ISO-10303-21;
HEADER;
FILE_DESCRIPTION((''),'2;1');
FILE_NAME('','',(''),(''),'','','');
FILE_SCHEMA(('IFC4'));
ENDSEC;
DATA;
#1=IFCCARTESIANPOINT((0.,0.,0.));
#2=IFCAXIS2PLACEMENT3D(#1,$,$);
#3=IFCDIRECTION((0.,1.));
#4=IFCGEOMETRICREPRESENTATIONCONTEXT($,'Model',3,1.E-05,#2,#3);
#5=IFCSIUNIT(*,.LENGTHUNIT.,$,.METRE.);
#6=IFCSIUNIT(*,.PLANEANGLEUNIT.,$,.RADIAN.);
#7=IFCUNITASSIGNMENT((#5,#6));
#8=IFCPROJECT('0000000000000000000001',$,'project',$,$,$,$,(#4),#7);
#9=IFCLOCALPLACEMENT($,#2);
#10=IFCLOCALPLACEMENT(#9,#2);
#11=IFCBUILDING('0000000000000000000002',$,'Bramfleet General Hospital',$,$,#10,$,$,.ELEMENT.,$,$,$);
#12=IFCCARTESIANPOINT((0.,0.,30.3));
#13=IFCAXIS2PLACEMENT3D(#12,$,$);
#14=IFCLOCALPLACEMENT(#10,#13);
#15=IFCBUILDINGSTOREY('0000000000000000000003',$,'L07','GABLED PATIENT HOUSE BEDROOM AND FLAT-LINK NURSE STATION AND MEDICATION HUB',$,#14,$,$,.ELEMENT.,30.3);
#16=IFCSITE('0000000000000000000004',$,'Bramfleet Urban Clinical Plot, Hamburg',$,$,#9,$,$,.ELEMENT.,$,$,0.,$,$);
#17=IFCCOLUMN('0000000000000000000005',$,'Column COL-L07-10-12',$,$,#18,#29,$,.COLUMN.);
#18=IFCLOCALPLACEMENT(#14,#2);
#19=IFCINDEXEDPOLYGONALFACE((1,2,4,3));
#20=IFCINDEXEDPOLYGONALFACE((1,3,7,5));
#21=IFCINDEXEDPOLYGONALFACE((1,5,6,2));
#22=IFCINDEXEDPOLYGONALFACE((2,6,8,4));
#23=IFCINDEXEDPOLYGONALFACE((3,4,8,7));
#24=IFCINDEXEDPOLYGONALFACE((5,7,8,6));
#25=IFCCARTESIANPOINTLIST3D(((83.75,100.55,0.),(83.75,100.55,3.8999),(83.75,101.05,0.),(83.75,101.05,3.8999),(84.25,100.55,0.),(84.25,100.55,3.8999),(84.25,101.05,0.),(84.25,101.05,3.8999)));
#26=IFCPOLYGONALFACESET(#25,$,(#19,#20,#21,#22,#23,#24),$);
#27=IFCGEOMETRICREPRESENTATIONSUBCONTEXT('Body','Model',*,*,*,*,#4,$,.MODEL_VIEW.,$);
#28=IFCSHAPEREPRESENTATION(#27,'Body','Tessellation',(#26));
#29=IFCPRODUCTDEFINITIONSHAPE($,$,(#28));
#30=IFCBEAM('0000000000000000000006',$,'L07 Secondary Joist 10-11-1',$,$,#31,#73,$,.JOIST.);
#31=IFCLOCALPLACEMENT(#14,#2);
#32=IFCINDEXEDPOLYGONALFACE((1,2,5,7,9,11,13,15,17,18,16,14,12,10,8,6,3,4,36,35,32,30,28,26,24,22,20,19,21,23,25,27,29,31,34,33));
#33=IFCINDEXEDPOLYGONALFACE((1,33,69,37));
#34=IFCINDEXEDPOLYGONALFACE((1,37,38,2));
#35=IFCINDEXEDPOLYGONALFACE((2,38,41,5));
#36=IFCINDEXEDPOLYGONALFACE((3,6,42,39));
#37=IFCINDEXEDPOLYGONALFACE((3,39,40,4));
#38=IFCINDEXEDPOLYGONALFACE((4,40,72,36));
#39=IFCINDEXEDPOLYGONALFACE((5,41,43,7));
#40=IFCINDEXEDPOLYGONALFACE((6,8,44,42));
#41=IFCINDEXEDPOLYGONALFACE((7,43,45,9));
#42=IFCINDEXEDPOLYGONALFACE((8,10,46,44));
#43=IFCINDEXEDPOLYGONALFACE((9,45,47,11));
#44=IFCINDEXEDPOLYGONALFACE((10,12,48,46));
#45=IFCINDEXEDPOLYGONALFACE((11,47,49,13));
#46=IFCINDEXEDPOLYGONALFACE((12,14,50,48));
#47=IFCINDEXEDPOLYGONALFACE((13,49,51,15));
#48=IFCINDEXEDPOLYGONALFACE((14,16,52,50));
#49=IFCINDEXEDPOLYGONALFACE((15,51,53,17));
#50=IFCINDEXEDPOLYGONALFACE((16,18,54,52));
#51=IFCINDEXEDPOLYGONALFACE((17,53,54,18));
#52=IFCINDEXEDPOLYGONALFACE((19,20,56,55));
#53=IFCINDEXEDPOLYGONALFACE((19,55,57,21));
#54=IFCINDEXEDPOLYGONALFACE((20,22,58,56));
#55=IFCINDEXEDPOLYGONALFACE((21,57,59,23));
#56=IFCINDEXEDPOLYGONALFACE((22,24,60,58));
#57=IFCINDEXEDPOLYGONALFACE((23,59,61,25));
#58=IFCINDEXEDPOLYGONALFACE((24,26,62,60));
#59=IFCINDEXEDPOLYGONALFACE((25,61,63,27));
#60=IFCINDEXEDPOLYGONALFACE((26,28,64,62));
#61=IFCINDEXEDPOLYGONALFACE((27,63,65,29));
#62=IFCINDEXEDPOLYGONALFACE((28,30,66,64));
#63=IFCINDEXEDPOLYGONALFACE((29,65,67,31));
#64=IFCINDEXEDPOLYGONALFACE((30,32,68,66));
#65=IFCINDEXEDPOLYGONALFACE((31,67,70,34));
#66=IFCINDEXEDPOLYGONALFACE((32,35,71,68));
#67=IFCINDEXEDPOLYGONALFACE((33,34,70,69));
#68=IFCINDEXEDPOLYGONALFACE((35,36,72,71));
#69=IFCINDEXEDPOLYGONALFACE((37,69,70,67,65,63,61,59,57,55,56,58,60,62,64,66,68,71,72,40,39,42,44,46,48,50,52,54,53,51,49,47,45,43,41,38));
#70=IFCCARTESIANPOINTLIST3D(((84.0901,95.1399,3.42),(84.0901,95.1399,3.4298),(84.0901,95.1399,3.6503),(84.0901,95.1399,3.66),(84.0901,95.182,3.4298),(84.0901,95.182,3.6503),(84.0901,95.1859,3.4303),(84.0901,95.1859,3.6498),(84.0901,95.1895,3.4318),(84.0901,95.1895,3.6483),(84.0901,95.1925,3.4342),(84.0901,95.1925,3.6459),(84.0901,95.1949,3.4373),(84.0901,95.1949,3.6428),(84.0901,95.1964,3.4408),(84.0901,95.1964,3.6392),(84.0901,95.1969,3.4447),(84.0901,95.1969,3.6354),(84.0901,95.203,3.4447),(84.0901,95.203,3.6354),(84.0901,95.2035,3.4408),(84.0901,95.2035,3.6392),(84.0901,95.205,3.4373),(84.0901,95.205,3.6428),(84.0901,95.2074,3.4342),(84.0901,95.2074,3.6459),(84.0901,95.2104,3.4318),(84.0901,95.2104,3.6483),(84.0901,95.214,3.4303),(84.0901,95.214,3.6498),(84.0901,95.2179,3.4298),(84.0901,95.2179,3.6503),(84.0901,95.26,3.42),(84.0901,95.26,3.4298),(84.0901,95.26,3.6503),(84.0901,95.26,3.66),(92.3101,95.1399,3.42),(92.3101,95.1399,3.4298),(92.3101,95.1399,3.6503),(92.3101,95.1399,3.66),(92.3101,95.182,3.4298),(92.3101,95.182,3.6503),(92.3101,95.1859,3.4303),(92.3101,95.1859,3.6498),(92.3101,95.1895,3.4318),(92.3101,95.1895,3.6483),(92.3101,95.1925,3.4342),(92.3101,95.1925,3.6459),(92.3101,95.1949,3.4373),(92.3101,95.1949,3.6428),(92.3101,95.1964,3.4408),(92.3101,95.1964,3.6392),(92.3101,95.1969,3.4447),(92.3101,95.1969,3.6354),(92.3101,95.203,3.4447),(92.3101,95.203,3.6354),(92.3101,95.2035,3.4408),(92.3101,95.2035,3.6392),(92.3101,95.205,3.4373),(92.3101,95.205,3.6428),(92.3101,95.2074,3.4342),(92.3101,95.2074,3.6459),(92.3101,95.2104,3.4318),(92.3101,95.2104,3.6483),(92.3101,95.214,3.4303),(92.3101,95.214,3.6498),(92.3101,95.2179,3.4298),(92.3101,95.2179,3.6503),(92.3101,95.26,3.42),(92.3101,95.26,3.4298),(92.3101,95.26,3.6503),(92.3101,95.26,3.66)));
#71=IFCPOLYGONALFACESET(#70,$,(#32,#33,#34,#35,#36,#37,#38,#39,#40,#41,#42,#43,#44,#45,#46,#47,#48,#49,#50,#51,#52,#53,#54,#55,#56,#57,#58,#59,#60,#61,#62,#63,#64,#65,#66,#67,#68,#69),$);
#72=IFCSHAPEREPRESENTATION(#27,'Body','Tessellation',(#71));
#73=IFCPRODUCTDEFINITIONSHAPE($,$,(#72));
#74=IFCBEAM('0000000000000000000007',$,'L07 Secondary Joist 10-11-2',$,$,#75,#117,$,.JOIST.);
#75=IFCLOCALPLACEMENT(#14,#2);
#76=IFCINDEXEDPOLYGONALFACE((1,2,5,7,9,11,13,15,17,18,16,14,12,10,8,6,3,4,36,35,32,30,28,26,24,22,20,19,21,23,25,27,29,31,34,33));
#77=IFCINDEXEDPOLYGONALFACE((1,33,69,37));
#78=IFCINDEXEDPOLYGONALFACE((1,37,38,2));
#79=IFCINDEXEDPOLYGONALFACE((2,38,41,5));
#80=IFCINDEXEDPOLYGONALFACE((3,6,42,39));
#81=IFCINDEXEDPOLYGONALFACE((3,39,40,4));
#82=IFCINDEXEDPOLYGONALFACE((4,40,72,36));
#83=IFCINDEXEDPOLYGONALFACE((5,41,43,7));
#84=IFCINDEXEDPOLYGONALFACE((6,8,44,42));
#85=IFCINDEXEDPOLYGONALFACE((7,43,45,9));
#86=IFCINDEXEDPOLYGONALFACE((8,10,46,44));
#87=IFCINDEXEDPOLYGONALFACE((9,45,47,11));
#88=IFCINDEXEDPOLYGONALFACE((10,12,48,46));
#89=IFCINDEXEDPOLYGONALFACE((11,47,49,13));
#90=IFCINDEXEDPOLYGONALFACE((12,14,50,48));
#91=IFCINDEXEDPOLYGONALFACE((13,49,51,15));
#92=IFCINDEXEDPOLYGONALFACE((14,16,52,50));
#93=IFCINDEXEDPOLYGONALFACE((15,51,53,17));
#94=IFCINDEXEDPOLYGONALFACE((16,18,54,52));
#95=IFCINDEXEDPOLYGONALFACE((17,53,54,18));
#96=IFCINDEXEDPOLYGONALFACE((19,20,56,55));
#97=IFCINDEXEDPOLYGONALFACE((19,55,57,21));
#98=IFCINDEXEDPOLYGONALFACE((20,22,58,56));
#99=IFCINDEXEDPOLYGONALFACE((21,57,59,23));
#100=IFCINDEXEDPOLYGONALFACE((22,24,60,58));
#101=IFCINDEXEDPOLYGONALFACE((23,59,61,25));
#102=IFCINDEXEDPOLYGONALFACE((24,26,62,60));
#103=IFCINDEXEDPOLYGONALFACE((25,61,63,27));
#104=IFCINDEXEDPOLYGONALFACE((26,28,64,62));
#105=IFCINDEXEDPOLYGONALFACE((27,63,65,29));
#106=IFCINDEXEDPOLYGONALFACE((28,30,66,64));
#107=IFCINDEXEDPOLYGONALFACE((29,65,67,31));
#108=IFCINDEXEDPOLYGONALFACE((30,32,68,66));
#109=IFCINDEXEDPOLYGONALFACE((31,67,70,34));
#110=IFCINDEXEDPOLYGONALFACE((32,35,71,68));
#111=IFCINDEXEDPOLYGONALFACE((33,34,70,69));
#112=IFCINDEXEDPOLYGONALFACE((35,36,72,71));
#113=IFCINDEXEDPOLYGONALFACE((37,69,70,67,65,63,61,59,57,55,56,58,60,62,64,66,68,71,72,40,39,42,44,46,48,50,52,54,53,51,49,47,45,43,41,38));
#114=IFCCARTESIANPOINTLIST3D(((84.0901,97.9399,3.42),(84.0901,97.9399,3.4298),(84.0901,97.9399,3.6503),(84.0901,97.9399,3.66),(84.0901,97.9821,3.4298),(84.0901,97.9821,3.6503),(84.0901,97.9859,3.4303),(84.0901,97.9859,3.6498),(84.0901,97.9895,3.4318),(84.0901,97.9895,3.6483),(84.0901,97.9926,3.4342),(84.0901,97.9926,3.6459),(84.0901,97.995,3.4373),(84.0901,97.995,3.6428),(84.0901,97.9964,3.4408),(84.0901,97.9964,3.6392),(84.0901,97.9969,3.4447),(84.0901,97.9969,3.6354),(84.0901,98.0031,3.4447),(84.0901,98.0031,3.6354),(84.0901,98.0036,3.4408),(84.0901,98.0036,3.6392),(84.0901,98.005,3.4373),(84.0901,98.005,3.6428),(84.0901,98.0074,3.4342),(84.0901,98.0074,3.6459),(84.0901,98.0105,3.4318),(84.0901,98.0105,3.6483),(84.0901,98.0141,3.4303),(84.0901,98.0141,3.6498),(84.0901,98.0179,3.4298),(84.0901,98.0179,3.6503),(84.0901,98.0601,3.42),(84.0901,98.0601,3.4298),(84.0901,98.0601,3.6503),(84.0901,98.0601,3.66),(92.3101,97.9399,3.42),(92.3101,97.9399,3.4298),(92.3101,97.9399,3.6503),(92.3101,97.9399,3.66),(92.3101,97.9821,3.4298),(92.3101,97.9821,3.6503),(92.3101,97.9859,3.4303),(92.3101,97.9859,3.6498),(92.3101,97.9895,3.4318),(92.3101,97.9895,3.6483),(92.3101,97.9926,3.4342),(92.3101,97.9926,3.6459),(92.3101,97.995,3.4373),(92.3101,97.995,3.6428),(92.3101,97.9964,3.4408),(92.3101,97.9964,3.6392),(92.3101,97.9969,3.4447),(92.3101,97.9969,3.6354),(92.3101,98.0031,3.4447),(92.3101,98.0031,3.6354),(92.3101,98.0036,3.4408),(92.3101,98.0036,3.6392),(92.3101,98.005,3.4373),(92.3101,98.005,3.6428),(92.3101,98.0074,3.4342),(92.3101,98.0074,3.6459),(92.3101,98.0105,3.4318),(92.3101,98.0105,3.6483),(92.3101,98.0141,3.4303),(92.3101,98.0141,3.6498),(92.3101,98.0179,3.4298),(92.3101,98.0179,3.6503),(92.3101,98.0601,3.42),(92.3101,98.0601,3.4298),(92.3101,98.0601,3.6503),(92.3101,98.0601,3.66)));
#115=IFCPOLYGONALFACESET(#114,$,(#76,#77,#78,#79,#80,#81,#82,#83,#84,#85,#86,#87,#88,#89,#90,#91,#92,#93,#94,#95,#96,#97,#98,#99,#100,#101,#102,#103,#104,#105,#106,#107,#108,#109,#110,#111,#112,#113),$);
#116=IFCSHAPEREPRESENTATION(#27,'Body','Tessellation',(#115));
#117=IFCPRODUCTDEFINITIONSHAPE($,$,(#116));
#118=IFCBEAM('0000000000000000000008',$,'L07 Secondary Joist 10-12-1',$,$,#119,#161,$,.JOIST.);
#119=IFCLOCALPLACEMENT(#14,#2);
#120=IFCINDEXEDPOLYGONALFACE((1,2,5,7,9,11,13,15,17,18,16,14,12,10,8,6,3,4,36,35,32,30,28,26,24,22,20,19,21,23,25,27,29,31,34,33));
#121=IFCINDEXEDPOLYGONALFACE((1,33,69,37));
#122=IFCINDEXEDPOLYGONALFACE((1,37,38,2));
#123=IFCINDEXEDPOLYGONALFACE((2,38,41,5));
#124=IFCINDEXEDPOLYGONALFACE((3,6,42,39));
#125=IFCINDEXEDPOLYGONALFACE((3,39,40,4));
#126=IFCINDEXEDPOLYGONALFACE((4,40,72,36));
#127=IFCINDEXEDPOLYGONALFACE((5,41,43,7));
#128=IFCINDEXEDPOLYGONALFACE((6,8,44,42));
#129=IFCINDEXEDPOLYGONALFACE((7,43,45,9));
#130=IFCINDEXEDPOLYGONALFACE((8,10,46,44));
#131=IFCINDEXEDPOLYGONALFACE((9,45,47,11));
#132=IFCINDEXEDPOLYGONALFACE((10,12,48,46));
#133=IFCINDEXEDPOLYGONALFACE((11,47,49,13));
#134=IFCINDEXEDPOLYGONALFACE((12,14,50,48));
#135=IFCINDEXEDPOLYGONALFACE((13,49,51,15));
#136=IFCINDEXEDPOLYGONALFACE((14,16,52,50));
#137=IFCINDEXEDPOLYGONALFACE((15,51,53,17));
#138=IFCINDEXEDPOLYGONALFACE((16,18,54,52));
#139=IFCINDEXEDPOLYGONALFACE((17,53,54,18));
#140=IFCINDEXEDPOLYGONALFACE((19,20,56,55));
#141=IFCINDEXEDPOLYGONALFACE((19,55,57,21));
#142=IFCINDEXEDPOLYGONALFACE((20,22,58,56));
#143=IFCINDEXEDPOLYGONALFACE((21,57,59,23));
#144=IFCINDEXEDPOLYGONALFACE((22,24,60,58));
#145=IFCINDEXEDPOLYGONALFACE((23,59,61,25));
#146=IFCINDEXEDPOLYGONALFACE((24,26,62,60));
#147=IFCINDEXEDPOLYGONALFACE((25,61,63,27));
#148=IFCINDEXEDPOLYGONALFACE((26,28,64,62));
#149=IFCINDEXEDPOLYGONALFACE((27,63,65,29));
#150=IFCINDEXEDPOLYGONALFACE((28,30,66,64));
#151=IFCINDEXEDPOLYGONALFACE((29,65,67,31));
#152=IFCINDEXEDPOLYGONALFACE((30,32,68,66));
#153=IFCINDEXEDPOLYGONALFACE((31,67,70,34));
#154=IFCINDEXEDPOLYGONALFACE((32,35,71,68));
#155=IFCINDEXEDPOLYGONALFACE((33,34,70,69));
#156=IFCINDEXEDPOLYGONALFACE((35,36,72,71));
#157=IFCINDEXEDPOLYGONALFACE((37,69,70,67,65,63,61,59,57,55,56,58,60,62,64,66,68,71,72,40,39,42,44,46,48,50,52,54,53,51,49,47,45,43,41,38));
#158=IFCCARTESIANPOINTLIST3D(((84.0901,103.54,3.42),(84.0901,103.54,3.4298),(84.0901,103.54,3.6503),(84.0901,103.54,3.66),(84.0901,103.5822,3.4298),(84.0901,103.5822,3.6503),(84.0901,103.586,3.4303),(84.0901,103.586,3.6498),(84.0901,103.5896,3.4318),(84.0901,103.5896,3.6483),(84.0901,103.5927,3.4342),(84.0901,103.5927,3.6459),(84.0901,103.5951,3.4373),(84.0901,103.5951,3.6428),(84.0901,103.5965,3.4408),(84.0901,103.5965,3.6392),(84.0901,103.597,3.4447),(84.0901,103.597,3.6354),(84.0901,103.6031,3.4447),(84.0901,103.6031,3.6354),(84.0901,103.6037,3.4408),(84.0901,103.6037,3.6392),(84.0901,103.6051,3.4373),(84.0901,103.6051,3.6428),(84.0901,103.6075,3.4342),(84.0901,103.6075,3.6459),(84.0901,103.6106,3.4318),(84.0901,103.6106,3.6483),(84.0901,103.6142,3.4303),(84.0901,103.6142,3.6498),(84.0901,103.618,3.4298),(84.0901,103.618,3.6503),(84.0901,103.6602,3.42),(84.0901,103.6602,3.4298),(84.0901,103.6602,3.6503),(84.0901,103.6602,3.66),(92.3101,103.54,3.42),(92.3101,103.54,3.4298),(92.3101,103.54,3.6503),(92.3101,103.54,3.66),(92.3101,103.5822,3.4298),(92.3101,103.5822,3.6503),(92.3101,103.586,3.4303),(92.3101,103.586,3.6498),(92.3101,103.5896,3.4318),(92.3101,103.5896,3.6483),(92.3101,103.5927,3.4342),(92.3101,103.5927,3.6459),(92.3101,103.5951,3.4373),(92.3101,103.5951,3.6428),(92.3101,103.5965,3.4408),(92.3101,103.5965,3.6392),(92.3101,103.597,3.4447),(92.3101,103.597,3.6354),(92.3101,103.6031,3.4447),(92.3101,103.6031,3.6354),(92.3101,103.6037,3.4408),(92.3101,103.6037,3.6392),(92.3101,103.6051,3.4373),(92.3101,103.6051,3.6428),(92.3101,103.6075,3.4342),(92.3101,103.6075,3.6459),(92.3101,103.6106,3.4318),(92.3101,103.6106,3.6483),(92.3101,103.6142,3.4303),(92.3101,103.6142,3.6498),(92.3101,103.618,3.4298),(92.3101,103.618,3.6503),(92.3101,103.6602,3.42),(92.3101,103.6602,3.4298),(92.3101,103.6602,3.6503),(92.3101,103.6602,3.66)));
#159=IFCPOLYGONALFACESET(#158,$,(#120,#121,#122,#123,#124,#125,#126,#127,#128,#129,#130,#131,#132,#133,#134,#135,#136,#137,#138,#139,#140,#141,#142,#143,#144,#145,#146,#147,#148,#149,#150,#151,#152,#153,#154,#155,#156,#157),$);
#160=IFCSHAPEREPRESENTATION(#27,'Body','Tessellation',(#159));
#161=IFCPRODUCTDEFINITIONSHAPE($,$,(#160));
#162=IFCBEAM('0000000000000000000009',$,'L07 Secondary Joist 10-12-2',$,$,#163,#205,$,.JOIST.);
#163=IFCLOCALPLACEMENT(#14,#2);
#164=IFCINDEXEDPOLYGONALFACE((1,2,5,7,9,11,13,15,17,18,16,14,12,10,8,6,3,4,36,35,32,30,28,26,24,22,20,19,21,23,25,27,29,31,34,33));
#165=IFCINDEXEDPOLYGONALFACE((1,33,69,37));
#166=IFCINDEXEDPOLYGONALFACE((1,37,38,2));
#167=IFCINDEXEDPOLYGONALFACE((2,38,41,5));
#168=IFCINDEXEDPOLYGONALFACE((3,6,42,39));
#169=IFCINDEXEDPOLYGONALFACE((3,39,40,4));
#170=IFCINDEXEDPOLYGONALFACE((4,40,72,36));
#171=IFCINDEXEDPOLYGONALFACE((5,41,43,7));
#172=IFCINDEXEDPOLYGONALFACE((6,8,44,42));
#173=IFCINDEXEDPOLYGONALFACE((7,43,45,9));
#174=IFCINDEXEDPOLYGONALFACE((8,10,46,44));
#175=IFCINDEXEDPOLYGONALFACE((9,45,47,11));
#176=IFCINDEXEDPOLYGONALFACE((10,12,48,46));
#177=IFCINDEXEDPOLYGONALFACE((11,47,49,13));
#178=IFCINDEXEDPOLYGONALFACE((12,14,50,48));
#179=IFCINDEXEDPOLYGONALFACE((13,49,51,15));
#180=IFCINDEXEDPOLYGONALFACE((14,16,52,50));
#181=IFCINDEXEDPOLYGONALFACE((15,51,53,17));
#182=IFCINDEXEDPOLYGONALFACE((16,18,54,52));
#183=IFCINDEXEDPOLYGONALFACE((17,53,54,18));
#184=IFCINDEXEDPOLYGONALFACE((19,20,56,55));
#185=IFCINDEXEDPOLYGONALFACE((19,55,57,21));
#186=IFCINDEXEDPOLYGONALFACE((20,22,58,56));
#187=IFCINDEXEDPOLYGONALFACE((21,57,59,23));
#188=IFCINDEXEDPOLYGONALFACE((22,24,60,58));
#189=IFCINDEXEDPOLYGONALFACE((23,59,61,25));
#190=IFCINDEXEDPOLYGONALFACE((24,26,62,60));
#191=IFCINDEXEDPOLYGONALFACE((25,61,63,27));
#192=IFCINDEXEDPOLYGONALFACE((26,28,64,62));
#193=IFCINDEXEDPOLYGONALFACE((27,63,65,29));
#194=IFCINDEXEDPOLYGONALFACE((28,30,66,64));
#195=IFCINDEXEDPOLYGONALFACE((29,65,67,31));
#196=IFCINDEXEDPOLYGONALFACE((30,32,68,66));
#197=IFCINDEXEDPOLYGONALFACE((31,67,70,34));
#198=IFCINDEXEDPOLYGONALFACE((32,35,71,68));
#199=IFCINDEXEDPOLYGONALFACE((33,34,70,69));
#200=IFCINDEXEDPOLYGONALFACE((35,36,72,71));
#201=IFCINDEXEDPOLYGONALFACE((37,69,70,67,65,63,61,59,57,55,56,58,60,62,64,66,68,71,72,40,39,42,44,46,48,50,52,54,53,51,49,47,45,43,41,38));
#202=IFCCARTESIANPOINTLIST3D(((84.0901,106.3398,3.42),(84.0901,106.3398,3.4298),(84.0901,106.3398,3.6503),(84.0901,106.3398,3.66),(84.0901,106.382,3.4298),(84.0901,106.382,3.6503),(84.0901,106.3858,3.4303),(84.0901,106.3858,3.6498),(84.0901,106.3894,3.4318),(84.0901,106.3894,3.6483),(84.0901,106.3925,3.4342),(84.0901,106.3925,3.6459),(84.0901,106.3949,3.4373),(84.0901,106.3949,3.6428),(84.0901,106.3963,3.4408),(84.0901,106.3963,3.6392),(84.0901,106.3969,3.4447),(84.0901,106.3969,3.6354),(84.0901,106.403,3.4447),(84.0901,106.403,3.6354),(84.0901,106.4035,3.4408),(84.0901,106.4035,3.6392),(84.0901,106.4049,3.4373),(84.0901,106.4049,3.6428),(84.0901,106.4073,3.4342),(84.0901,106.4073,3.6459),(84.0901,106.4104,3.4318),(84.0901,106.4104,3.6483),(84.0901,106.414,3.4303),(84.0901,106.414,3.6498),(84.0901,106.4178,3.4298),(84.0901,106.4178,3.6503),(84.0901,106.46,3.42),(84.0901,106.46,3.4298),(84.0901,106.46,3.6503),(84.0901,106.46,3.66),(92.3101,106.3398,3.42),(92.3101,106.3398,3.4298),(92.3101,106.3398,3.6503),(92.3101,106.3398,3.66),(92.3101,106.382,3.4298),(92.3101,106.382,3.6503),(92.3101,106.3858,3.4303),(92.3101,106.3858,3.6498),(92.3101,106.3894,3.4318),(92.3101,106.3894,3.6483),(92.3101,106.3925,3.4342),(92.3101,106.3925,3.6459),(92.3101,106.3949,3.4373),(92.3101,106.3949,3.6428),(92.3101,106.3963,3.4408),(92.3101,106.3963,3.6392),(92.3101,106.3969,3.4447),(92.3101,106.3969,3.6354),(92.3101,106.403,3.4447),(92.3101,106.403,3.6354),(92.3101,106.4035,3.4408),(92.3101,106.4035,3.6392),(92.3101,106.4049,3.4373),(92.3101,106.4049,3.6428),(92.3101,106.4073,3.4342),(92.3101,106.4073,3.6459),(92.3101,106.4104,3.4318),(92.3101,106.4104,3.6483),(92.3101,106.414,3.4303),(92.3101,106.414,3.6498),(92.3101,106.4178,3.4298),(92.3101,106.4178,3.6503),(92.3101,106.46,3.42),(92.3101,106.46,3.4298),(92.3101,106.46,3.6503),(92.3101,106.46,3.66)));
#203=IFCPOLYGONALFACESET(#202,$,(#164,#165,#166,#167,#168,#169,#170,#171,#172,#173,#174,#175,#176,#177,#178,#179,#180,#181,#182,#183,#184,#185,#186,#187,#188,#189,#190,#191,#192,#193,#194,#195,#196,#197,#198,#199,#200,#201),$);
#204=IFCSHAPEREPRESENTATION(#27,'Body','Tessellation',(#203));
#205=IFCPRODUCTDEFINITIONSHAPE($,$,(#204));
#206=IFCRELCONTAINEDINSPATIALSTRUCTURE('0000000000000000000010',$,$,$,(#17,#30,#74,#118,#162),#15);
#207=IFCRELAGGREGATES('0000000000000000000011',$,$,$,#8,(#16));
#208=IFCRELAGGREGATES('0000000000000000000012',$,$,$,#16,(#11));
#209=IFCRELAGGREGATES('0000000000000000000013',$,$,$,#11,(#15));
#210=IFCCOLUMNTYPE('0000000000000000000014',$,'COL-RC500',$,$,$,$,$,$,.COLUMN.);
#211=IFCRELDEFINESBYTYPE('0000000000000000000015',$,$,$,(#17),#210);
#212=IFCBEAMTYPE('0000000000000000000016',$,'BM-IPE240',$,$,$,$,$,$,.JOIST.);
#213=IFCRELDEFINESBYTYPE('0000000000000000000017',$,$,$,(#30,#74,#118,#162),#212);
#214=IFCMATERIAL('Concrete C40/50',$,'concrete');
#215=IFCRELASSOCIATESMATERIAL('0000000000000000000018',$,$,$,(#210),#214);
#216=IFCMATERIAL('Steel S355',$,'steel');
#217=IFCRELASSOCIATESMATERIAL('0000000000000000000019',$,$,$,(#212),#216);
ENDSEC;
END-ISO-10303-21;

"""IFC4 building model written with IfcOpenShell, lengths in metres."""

from ifc_helpers import new_model, si_unit, direction, frame, origin, origin_2d, place, context, subcontext, project, spatial, rectangle, i_section, extrude, material, material_profile, profile_set, type_object, element, save


model = new_model("IFC4")

# Units and contexts
model_context = context("Model", 3, precision=1e-05, world=origin(), true_north=direction((0.0, 1.0)))
body_context = subcontext(model_context, "Body", "Model", "MODEL_VIEW")
ifc_project = project(units=[si_unit("LENGTHUNIT", "METRE"), si_unit("PLANEANGLEUNIT", "RADIAN")], contexts=[model_context])

# Site, building, storey
site_placement = place(None, origin())
site = spatial("IfcSite", under=ifc_project, at=site_placement, Name="Bramfleet Urban Clinical Plot, Hamburg", CompositionType="ELEMENT", RefElevation=0.0)
building_placement = place(site_placement, origin())
building = spatial("IfcBuilding", under=site, at=building_placement, Name="Bramfleet General Hospital", CompositionType="ELEMENT")
storey_placement = place(building_placement, frame((0.0, 0.0, 30.3)))
storey = spatial("IfcBuildingStorey", under=building, at=storey_placement, Name="L07", Description="GABLED PATIENT HOUSE BEDROOM AND FLAT-LINK NURSE STATION AND MEDICATION HUB", CompositionType="ELEMENT", Elevation=30.3)

# Column
ifc_material_1 = material(Name="Concrete C40/50", Category="concrete")
ifc_material_profile_1 = material_profile(ifc_material_1, rectangle(XDim=0.5, YDim=0.5, at=origin_2d()), Name="RC COL 500x500")
ifc_profile_set_1 = profile_set([ifc_material_profile_1], Name="Concrete C40/50")
column_type = type_object("IfcColumnType", Name="COL-RC500", PredefinedType="COLUMN", material=ifc_profile_set_1)
column_placement = place(storey_placement, frame((84.0, 100.8, 0.0), z_axis=(0.0, 0.0, 1.0), x_axis=(1.0, 0.0, 0.0)))
element("IfcColumn", 1, at=column_placement, inside=storey, type_object=column_type, Name="Column COL-L07-10-12", PredefinedType="COLUMN", context=body_context, shape_type="SweptSolid", body=[
    extrude(rectangle(XDim=0.5, YDim=0.5, at=origin_2d()), origin(), (0.0, 0.0, 1.0), 3.8999),
])

# Beams
ifc_material_2 = material(Name="Steel S355", Category="steel")
ifc_material_profile_2 = material_profile(ifc_material_2, i_section(OverallWidth=0.1201, OverallDepth=0.24, WebThickness=0.0061, FlangeThickness=0.0098, FilletRadius=0.0149, at=origin_2d()), Name="IPE 240")
ifc_profile_set_2 = profile_set([ifc_material_profile_2], Name="Steel S355")
beam_type_1 = type_object("IfcBeamType", Name="BM-IPE240", PredefinedType="JOIST", material=ifc_profile_set_2)
for number, where, z_axis, x_axis, name in (
    (2, (84.0901, 95.2, 3.54), (1.0, 0.0, 0.0), (0.0, 1.0, 0.0), "L07 Secondary Joist 10-11-1"),
    (3, (84.0901, 98.0, 3.54), (1.0, 0.0, 0.0), (0.0, 1.0, 0.0), "L07 Secondary Joist 10-11-2"),
    (4, (84.0901, 103.6001, 3.54), (1.0, 0.0, 0.0), (0.0, 1.0, 0.0), "L07 Secondary Joist 10-12-1"),
    (5, (84.0901, 106.3999, 3.54), (1.0, 0.0, 0.0), (0.0, 1.0, 0.0), "L07 Secondary Joist 10-12-2"),
):
    element("IfcBeam", number, at=place(storey_placement, frame(where, z_axis=z_axis, x_axis=x_axis)), inside=storey, type_object=beam_type_1, Name=name, PredefinedType="JOIST", context=body_context, shape_type="SweptSolid", body=[
        extrude(i_section(OverallWidth=0.1201, OverallDepth=0.24, WebThickness=0.0061, FlangeThickness=0.0098, FilletRadius=0.0149, at=origin_2d()), origin(), (0.0, 0.0, 1.0), 8.22),
    ])

save(model, "model.ifc")
